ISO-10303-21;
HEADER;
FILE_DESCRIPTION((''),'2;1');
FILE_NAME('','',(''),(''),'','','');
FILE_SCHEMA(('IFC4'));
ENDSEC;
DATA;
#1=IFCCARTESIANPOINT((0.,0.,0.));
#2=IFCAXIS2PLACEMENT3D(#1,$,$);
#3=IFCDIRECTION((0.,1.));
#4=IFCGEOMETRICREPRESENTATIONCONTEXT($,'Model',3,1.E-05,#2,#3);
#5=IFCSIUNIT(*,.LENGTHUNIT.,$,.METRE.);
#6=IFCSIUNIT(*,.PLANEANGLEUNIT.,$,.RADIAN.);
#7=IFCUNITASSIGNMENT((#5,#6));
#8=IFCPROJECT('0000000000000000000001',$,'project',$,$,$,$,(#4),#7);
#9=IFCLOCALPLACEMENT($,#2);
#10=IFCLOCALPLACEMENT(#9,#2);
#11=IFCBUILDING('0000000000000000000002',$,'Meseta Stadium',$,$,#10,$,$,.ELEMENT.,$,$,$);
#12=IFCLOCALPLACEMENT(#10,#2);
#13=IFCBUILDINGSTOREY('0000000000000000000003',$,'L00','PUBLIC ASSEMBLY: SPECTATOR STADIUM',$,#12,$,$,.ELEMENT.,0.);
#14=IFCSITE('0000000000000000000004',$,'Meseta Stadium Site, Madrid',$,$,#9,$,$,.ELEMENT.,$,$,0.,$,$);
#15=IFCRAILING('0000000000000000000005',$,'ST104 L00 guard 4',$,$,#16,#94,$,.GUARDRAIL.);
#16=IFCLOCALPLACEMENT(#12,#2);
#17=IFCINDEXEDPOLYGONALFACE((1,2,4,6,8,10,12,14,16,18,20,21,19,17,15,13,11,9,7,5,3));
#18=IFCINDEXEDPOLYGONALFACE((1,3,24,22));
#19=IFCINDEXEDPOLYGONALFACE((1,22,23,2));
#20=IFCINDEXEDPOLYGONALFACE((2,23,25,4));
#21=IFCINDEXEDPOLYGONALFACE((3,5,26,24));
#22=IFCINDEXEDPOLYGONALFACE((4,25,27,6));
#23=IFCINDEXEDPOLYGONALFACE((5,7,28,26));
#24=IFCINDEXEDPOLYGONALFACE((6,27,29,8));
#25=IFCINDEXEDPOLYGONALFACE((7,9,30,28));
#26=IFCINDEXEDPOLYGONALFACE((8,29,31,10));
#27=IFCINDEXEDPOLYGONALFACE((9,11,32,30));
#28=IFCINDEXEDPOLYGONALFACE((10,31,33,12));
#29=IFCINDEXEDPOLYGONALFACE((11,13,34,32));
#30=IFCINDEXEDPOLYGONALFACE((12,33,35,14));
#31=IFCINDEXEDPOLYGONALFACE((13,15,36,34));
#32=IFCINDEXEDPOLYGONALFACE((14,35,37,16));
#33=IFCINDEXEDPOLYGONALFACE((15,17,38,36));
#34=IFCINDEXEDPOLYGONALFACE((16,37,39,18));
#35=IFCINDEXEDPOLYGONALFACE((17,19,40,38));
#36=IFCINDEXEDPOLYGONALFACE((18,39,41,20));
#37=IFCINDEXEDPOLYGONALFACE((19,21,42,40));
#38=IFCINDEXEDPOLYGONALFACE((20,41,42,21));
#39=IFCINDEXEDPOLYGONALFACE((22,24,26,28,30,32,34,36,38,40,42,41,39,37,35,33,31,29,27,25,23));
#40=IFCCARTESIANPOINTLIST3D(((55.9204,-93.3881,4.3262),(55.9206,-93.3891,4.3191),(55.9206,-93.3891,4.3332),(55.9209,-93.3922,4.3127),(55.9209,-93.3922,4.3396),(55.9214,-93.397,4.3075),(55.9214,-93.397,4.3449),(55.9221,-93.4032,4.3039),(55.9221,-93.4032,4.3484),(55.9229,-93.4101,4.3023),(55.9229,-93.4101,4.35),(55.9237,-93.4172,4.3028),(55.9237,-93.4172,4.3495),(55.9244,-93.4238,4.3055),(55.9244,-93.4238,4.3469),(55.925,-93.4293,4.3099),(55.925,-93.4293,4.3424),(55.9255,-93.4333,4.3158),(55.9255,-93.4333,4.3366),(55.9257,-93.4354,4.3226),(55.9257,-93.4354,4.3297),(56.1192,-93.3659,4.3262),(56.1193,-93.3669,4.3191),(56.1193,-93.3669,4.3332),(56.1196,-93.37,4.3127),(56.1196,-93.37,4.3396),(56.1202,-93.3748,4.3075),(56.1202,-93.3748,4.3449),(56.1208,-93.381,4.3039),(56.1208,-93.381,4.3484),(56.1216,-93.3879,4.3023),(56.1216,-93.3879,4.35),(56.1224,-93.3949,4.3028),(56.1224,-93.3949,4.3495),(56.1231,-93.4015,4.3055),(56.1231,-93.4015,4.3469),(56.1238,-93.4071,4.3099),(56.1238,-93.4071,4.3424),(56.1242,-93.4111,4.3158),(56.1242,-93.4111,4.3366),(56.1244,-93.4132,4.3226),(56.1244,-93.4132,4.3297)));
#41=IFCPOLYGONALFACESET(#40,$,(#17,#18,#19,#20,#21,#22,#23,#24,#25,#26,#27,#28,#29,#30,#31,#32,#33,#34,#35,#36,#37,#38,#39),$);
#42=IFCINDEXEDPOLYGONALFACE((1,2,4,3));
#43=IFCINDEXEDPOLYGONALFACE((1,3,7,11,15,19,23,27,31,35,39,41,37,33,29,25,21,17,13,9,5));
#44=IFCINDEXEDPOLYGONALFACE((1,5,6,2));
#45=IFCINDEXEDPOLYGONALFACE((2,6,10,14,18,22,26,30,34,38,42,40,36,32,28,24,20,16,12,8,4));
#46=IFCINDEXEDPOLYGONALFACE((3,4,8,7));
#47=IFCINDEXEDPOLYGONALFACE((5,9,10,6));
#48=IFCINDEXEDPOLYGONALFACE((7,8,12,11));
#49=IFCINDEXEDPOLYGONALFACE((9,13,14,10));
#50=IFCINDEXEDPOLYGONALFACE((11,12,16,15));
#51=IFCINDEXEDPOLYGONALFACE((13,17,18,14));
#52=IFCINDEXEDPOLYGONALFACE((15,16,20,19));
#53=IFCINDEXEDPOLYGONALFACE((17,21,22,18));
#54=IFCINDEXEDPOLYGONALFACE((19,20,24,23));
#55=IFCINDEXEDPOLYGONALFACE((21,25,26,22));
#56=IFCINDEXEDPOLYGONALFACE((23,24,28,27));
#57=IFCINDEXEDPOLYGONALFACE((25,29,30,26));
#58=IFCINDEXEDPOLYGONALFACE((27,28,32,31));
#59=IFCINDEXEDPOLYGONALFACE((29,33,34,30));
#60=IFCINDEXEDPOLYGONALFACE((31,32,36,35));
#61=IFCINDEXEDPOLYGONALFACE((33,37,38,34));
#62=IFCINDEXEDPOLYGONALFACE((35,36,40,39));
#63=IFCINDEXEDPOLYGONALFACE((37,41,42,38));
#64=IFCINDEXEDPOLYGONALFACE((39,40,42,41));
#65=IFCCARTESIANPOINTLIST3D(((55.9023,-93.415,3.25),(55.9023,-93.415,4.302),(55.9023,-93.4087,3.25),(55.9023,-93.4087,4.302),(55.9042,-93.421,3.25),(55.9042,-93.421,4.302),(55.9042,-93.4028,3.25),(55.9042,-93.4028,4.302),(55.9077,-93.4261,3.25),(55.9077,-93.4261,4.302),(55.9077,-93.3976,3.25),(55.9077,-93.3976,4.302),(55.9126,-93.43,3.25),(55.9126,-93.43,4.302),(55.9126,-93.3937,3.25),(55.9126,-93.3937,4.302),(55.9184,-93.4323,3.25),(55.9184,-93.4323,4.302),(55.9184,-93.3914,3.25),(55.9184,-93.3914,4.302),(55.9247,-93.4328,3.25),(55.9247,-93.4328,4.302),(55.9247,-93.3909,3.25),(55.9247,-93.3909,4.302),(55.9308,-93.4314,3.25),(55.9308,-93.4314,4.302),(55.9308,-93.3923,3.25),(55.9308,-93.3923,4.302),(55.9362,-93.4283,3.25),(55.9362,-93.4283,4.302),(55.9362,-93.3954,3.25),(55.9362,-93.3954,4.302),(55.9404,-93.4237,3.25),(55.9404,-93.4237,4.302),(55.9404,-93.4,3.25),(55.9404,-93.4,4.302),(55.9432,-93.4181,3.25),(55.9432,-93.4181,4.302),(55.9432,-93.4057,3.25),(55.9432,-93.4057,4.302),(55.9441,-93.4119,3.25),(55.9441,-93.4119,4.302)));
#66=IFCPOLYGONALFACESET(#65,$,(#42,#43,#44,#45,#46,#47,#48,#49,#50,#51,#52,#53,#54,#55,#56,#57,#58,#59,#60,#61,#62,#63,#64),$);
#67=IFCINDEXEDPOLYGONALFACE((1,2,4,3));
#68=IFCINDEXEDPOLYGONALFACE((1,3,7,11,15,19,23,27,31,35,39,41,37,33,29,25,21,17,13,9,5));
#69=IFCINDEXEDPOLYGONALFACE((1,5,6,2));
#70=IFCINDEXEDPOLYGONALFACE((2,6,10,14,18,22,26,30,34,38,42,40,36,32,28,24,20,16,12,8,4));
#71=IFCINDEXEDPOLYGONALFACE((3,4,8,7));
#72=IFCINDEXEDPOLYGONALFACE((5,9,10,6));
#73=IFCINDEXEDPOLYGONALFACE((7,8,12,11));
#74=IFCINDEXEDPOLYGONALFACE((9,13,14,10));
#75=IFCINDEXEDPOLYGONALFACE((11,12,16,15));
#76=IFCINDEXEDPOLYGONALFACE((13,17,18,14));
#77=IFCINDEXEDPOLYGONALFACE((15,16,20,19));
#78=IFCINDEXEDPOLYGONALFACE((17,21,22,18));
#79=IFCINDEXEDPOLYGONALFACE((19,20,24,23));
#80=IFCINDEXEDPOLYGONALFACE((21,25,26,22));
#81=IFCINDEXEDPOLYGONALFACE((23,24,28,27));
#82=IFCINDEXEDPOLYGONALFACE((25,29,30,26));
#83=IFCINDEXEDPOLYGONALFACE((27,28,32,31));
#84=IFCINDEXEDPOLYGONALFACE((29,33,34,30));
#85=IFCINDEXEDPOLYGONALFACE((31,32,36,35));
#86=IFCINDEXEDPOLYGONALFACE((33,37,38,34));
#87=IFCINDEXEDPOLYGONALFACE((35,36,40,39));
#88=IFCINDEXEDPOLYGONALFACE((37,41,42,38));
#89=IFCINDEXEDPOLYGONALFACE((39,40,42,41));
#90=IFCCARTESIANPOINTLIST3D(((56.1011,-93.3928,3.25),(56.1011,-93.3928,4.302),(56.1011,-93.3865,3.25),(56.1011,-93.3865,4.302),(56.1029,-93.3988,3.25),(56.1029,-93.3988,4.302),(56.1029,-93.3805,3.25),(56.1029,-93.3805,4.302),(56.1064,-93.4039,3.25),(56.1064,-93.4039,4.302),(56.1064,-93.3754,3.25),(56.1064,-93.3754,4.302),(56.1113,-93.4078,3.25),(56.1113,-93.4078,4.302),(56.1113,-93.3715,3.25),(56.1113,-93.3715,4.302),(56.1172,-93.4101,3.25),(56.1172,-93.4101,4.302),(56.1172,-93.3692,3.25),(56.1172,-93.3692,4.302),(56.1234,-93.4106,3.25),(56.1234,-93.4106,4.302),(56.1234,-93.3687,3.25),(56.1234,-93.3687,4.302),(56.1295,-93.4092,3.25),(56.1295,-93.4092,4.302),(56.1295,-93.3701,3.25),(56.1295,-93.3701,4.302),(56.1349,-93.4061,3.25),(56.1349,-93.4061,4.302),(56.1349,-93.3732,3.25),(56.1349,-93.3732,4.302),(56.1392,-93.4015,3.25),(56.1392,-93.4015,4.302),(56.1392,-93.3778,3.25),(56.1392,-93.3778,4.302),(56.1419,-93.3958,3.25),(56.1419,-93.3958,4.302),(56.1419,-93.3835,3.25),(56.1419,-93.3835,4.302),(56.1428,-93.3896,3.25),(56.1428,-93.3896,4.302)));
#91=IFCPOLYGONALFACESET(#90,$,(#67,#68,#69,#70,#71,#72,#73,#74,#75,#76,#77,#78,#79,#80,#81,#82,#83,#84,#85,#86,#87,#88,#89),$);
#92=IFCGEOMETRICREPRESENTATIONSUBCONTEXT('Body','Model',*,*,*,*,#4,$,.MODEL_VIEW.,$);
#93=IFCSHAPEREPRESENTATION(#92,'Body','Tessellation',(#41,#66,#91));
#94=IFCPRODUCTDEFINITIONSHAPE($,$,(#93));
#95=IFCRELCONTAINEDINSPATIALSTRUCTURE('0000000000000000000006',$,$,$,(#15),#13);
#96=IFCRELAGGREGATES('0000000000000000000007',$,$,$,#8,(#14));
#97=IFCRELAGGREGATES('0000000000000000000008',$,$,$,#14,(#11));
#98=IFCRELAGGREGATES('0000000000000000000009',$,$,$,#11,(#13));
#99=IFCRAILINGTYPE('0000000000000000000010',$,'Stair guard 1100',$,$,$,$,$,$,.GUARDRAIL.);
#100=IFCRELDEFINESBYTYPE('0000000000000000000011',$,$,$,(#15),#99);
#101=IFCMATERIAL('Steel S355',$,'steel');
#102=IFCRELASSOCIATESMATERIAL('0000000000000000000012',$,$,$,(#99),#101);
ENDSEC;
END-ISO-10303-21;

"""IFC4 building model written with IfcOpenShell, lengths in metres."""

from ifc_helpers import new_model, si_unit, direction, frame, origin, origin_2d, place, context, subcontext, project, spatial, circle, extrude, material, type_object, element, save


model = new_model("IFC4")

# Units and contexts
model_context = context("Model", 3, precision=1e-05, world=origin(), true_north=direction((0.0, 1.0)))
body_context = subcontext(model_context, "Body", "Model", "MODEL_VIEW")
ifc_project = project(units=[si_unit("LENGTHUNIT", "METRE"), si_unit("PLANEANGLEUNIT", "RADIAN")], contexts=[model_context])

# Site, building, storey
site_placement = place(None, origin())
site = spatial("IfcSite", under=ifc_project, at=site_placement, Name="Meseta Stadium Site, Madrid", CompositionType="ELEMENT", RefElevation=0.0)
building_placement = place(site_placement, origin())
building = spatial("IfcBuilding", under=site, at=building_placement, Name="Meseta Stadium", CompositionType="ELEMENT")
storey_placement = place(building_placement, origin())
storey = spatial("IfcBuildingStorey", under=building, at=storey_placement, Name="L00", Description="PUBLIC ASSEMBLY: SPECTATOR STADIUM", CompositionType="ELEMENT", Elevation=0.0)

# Railing
ifc_material_1 = material(Name="Steel S355", Category="steel")
railing_type_1 = type_object("IfcRailingType", Name="Stair guard 1100", PredefinedType="GUARDRAIL", material=ifc_material_1)
railing_1_placement = place(storey_placement, frame((55.9231, -93.4119, 3.25)))
element("IfcRailing", 1, at=railing_1_placement, inside=storey, type_object=railing_type_1, Name="ST104 L00 guard 4", PredefinedType="GUARDRAIL", context=body_context, shape_type="SweptSolid", body=[
    extrude(circle(Radius=0.0239, at=origin_2d()), frame((0.0, 0.0, 1.0762), z_axis=(0.993809, 0.111102, 0.0), x_axis=(-0.111102, 0.993809, 0.0)), (0.0, 0.0, 1.0), 0.2),
    extrude(circle(Radius=0.021, at=origin_2d()), origin(), (0.0, 0.0, 1.0), 1.052),
    extrude(circle(Radius=0.021, at=origin_2d()), frame((0.1987, 0.0222, 0.0)), (0.0, 0.0, 1.0), 1.052),
])

save(model, "model.ifc")
